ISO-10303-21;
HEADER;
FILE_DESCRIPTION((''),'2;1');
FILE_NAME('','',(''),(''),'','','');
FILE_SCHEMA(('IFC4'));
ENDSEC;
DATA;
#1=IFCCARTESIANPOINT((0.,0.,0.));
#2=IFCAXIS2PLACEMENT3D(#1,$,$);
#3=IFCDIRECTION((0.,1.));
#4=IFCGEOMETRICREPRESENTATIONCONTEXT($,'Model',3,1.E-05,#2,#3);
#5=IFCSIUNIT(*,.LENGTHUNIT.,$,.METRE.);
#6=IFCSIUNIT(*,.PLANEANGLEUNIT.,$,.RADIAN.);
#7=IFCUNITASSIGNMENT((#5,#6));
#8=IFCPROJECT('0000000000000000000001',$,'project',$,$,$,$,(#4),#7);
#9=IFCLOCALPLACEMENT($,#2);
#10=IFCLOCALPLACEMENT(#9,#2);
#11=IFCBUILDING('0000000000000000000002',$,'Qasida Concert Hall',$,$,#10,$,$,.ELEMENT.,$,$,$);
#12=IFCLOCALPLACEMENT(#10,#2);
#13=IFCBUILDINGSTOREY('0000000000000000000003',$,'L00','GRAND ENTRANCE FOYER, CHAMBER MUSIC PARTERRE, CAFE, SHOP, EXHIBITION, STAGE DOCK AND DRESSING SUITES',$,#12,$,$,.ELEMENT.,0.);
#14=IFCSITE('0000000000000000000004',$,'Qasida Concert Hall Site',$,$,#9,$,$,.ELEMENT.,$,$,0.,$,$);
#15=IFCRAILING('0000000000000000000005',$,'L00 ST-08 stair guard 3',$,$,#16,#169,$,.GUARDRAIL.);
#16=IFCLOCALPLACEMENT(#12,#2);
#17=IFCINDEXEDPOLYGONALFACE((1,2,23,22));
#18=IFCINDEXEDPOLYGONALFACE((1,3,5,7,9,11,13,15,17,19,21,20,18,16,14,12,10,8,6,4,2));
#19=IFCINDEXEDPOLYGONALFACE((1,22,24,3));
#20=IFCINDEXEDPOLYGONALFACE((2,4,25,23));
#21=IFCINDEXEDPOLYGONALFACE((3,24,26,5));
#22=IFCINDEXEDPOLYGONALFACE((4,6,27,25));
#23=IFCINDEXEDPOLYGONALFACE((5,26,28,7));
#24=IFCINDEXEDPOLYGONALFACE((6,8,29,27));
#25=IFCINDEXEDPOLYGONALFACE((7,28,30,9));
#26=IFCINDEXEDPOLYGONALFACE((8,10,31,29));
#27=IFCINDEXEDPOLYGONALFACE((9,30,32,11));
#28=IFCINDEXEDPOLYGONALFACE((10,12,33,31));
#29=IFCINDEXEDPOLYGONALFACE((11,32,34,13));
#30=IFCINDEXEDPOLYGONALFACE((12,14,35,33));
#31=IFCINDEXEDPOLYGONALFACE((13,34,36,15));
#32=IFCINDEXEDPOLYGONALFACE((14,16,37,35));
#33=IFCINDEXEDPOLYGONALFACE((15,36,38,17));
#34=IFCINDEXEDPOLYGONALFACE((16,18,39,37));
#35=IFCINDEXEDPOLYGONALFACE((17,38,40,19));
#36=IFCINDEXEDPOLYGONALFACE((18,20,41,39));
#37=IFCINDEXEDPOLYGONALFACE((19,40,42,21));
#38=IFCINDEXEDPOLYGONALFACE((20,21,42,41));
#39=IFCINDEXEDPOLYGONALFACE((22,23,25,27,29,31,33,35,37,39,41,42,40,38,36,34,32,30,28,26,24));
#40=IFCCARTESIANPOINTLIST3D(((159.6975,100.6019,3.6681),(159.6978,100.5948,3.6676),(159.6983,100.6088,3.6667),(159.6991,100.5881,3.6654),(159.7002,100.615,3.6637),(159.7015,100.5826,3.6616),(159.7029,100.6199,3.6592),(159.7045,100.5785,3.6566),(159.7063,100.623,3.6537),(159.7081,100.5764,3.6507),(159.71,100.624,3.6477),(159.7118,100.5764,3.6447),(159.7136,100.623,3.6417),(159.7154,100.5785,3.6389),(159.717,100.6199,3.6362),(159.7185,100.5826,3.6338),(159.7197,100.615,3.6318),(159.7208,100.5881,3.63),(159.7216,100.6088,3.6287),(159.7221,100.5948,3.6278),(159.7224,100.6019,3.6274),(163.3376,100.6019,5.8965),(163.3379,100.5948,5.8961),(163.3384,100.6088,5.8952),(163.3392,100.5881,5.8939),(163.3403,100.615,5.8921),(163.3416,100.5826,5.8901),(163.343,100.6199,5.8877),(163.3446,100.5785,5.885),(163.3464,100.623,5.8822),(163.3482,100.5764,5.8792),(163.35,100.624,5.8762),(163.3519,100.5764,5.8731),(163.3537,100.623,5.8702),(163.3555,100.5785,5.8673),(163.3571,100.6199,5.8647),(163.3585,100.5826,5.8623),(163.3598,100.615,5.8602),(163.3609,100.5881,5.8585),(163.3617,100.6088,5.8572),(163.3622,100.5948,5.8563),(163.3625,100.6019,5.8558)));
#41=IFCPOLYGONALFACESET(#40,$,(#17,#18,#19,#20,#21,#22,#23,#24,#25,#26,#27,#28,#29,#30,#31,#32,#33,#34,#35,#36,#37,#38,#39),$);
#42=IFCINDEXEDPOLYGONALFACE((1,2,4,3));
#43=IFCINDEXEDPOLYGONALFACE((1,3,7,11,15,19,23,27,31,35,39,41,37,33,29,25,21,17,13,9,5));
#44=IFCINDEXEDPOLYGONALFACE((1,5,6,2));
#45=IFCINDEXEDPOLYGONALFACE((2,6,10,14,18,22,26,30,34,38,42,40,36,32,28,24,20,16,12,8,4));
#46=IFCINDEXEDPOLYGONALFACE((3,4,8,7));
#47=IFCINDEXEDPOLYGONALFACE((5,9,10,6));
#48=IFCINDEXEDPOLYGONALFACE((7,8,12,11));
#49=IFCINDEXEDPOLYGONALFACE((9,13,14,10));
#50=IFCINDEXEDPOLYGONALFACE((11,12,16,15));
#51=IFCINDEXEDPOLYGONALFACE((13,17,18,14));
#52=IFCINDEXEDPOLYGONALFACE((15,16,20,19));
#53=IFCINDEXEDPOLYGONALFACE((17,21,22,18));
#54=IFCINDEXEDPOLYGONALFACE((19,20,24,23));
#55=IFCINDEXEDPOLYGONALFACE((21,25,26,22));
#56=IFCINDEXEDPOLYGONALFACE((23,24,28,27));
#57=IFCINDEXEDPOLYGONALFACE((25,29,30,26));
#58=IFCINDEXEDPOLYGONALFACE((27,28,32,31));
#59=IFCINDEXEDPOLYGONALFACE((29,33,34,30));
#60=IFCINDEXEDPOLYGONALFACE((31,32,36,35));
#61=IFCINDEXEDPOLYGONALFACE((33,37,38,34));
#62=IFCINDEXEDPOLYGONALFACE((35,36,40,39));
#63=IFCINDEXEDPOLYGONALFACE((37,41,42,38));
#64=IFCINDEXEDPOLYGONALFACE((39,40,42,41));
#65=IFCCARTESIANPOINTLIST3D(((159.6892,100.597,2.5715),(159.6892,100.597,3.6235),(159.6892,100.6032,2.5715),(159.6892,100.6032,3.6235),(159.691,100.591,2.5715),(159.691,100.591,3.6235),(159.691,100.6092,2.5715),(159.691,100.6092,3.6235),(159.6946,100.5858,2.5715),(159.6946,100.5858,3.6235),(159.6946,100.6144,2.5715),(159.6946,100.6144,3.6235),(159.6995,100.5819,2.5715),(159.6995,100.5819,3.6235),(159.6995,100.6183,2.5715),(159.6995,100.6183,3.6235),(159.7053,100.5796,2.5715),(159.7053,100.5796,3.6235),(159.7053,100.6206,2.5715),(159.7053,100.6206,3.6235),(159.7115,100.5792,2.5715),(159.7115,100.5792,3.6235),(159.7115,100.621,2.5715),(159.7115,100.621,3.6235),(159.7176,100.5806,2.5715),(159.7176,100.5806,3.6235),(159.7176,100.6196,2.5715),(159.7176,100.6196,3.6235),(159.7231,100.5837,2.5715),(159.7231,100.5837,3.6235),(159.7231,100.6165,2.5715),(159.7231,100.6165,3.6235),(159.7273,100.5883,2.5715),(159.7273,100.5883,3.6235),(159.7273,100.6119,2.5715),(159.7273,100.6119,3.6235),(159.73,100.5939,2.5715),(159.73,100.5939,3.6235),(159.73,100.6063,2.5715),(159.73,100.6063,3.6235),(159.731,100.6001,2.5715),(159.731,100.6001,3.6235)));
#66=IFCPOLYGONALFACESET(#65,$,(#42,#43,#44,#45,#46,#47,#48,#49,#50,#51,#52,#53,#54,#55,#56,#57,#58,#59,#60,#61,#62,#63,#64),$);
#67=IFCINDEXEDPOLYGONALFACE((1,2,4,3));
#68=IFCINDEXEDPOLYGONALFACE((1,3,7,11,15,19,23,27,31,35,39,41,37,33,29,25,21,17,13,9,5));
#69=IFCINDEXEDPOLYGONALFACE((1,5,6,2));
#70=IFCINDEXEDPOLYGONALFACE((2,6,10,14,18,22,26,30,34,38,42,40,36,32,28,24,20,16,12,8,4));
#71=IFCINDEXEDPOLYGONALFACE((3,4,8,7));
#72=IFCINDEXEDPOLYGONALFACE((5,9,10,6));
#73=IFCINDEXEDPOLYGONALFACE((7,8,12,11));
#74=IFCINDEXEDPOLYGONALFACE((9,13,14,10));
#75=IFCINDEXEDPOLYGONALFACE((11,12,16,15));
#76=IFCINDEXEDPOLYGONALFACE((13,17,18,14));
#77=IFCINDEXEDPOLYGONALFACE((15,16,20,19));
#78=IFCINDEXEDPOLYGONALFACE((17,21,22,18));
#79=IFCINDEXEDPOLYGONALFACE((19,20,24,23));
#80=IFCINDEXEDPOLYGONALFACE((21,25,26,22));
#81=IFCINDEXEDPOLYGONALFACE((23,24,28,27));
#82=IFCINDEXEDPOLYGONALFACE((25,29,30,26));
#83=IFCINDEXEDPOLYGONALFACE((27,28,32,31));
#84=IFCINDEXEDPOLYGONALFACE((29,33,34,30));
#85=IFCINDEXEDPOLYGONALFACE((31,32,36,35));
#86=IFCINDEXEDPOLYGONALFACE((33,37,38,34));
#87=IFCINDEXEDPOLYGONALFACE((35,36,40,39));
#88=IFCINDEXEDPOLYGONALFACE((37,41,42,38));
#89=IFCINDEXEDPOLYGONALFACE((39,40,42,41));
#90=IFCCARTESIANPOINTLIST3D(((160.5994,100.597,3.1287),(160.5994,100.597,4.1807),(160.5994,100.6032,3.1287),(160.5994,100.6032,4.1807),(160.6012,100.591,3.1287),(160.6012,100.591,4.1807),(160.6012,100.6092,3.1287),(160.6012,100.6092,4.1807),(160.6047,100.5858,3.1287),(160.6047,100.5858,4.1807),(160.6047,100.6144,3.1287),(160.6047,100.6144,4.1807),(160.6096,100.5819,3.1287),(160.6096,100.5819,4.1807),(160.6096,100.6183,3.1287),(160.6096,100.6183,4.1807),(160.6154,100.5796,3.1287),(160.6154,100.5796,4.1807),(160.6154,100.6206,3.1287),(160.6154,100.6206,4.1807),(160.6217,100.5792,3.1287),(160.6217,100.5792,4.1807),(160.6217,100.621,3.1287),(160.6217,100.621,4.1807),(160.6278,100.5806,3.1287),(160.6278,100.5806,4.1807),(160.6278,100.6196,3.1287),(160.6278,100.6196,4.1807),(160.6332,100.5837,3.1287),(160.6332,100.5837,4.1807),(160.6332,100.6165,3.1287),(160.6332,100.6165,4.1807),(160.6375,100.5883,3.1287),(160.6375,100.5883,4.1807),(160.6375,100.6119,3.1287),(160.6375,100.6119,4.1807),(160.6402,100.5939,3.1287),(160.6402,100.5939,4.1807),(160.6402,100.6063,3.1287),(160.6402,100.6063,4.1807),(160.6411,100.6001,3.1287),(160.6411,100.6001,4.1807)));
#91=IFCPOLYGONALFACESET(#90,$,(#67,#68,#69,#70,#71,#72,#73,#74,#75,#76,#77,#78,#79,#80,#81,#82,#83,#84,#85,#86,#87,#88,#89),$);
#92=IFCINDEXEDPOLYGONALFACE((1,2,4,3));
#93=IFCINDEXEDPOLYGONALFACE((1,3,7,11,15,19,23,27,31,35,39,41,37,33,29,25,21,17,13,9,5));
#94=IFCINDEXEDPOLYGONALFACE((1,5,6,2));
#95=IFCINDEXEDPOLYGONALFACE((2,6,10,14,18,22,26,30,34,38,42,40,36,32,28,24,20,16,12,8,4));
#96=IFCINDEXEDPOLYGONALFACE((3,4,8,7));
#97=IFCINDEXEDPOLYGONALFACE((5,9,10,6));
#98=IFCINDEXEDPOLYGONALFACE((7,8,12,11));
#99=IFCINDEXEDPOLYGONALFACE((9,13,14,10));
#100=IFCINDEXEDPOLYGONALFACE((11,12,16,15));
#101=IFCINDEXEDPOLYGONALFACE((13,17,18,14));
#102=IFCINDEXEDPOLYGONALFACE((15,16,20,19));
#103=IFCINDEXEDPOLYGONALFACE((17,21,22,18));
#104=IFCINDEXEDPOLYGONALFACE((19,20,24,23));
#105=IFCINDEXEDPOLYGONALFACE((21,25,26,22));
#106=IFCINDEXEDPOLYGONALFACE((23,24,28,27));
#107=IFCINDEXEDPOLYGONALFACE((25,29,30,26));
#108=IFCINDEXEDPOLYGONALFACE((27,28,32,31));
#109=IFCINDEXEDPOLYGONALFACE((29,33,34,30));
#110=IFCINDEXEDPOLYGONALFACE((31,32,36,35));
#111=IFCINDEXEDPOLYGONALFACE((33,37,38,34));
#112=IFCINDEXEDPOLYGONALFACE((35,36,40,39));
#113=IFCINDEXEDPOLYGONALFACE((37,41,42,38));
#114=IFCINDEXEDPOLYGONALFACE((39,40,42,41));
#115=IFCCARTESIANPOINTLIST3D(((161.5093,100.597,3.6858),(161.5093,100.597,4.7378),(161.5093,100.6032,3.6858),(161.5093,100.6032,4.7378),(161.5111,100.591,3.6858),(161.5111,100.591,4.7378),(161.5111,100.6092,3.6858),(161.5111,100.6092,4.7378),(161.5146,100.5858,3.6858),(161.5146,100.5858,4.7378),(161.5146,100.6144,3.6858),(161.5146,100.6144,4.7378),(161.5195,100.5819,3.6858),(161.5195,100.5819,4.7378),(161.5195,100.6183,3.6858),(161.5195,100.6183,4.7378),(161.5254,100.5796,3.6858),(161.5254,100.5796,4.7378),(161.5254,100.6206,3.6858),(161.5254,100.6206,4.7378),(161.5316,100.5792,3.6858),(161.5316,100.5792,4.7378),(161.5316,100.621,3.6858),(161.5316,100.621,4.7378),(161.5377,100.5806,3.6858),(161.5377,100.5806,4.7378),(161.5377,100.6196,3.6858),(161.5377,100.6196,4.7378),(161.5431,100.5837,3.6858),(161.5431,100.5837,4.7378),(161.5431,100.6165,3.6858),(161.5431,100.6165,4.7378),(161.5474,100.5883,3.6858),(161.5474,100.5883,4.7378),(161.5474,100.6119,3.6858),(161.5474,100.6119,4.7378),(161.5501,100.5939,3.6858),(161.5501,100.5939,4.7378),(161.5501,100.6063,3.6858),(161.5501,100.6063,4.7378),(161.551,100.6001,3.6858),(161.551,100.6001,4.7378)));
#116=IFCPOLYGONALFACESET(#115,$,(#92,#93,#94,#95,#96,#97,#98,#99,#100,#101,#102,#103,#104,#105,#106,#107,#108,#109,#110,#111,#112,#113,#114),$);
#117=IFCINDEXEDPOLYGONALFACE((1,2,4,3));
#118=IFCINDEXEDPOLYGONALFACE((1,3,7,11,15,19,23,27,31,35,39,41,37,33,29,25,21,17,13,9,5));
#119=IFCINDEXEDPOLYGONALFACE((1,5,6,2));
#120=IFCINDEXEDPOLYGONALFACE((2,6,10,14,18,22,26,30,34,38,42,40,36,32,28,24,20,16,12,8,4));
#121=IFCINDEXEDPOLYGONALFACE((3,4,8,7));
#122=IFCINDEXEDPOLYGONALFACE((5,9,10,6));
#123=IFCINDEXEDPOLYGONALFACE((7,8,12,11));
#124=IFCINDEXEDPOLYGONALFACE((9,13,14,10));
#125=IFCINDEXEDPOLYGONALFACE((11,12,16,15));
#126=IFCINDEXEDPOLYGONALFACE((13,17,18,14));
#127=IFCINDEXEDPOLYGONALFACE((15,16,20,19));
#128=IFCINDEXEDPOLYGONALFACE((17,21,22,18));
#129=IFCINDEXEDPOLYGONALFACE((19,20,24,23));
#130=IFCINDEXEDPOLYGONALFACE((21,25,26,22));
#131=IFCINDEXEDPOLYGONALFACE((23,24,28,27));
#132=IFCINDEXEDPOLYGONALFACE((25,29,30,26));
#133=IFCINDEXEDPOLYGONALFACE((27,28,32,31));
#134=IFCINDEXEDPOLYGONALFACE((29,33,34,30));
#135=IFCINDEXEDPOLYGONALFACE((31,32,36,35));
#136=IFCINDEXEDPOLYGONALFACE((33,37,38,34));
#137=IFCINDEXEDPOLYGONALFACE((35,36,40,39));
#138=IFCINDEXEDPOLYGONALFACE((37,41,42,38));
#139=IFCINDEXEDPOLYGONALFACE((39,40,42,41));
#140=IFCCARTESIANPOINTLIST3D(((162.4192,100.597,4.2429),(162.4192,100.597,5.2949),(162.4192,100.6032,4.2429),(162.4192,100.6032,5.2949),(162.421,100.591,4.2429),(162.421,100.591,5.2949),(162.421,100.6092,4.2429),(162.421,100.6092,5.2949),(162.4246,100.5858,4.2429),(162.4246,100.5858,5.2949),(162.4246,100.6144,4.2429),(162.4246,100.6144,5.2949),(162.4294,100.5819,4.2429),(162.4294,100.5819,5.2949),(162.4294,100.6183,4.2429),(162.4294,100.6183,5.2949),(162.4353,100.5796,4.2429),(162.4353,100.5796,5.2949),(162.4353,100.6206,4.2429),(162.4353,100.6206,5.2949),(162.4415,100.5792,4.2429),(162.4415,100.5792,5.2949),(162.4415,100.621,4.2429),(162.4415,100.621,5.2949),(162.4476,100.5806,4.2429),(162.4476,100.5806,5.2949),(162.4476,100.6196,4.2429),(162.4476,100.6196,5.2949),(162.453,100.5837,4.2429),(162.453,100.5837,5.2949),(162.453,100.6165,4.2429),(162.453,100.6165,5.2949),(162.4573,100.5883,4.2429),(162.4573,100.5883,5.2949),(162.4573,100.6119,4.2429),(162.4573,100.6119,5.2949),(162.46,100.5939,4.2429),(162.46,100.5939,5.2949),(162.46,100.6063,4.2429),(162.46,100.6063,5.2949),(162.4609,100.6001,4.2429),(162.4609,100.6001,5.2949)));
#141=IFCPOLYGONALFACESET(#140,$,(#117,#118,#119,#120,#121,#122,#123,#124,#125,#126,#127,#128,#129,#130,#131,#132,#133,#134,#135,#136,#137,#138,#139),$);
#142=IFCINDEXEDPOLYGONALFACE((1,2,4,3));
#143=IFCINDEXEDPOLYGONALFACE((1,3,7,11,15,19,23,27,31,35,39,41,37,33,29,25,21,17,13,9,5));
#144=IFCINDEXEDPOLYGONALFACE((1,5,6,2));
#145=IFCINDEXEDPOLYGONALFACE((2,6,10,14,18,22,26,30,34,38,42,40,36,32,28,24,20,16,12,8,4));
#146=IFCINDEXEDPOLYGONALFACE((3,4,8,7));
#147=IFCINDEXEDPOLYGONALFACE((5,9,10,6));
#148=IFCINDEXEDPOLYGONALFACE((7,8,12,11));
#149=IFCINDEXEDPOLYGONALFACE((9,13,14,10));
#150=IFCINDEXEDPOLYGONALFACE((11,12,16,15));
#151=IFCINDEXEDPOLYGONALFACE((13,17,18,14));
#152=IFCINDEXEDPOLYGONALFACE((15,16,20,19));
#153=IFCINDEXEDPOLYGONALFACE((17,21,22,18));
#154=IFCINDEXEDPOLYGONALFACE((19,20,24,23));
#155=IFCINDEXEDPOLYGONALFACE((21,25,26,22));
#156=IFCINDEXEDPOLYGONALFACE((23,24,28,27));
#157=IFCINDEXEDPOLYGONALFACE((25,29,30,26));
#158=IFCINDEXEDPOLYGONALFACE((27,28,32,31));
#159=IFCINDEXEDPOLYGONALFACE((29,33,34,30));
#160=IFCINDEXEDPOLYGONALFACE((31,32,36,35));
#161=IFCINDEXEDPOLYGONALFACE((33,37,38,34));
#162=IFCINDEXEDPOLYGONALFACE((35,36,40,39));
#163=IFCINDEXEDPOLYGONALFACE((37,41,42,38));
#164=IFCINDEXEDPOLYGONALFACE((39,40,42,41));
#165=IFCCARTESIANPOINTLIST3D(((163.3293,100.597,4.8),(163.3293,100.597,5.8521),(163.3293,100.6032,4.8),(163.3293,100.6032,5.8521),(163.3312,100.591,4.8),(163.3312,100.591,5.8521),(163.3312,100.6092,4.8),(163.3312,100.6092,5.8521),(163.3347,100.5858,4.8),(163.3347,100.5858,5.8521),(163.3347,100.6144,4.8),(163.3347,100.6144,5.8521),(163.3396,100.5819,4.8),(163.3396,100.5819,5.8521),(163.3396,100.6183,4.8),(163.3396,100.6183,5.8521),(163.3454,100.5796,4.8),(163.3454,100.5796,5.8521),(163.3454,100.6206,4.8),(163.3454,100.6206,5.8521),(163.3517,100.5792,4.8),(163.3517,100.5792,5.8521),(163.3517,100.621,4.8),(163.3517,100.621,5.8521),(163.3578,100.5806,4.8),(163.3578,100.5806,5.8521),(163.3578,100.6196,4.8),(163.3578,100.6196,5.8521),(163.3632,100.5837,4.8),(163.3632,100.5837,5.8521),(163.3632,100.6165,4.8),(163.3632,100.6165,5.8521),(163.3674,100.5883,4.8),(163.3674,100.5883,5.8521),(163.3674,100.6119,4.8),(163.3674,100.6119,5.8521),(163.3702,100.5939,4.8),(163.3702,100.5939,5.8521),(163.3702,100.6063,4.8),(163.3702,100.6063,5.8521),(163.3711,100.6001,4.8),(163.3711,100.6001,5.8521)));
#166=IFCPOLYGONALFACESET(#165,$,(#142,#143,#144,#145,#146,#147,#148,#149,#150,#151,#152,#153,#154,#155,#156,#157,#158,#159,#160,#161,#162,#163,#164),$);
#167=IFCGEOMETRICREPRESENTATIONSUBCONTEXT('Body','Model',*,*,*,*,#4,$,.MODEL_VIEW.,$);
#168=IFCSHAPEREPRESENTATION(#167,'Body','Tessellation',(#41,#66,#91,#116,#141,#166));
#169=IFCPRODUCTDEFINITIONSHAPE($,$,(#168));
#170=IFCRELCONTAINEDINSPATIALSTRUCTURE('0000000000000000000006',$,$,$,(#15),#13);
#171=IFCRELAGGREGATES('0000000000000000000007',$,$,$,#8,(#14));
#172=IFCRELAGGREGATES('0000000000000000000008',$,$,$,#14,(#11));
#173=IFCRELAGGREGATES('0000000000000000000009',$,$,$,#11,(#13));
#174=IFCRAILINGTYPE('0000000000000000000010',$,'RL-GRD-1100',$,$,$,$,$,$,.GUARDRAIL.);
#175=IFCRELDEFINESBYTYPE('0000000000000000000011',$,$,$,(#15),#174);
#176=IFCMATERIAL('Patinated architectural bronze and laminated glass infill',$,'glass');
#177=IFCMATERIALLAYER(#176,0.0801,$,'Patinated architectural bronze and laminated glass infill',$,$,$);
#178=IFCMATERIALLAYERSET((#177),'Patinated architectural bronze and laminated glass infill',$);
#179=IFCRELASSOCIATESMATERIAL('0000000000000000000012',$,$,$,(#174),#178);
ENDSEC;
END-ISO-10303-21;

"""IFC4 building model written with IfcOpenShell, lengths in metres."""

from ifc_helpers import new_model, si_unit, direction, frame, origin, origin_2d, place, context, subcontext, project, spatial, circle, extrude, material, layer, layer_set, type_object, element, save


model = new_model("IFC4")

# Units and contexts
model_context = context("Model", 3, precision=1e-05, world=origin(), true_north=direction((0.0, 1.0)))
body_context = subcontext(model_context, "Body", "Model", "MODEL_VIEW")
ifc_project = project(units=[si_unit("LENGTHUNIT", "METRE"), si_unit("PLANEANGLEUNIT", "RADIAN")], contexts=[model_context])

# Site, building, storey
site_placement = place(None, origin())
site = spatial("IfcSite", under=ifc_project, at=site_placement, Name="Qasida Concert Hall Site", CompositionType="ELEMENT", RefElevation=0.0)
building_placement = place(site_placement, origin())
building = spatial("IfcBuilding", under=site, at=building_placement, Name="Qasida Concert Hall", CompositionType="ELEMENT")
storey_placement = place(building_placement, origin())
storey = spatial("IfcBuildingStorey", under=building, at=storey_placement, Name="L00", Description="GRAND ENTRANCE FOYER, CHAMBER MUSIC PARTERRE, CAFE, SHOP, EXHIBITION, STAGE DOCK AND DRESSING SUITES", CompositionType="ELEMENT", Elevation=0.0)

# Railing
ifc_material_1 = material(Name="Patinated architectural bronze and laminated glass infill", Category="glass")
ifc_layer_1 = layer(ifc_material_1, 0.0801, Name="Patinated architectural bronze and laminated glass infill")
ifc_layer_set_1 = layer_set([ifc_layer_1], Name="Patinated architectural bronze and laminated glass infill")
railing_type_1 = type_object("IfcRailingType", Name="RL-GRD-1100", PredefinedType="GUARDRAIL", material=ifc_layer_set_1)
railing_1_placement = place(storey_placement, frame((159.71, 100.6001, 2.5715)))
element("IfcRailing", 1, at=railing_1_placement, inside=storey, type_object=railing_type_1, Name="L00 ST-08 stair guard 3", PredefinedType="GUARDRAIL", context=body_context, shape_type="SweptSolid", body=[
    extrude(circle(Radius=0.0239, at=origin_2d()), frame((0.0, 0.0, 1.0762), z_axis=(0.852866, 0.0, 0.52213), x_axis=(0.0, 1.0, 0.0)), (0.0, 0.0, 1.0), 4.2681),
    extrude(circle(Radius=0.021, at=origin_2d()), origin(), (0.0, 0.0, 1.0), 1.052),
    extrude(circle(Radius=0.021, at=origin_2d()), frame((0.9102, 0.0, 0.5571)), (0.0, 0.0, 1.0), 1.052),
    extrude(circle(Radius=0.021, at=origin_2d()), frame((1.8201, 0.0, 1.1143)), (0.0, 0.0, 1.0), 1.052),
    extrude(circle(Radius=0.021, at=origin_2d()), frame((2.73, 0.0, 1.6714)), (0.0, 0.0, 1.0), 1.052),
    extrude(circle(Radius=0.021, at=origin_2d()), frame((3.6401, 0.0, 2.2285)), (0.0, 0.0, 1.0), 1.052),
])

save(model, "model.ifc")
